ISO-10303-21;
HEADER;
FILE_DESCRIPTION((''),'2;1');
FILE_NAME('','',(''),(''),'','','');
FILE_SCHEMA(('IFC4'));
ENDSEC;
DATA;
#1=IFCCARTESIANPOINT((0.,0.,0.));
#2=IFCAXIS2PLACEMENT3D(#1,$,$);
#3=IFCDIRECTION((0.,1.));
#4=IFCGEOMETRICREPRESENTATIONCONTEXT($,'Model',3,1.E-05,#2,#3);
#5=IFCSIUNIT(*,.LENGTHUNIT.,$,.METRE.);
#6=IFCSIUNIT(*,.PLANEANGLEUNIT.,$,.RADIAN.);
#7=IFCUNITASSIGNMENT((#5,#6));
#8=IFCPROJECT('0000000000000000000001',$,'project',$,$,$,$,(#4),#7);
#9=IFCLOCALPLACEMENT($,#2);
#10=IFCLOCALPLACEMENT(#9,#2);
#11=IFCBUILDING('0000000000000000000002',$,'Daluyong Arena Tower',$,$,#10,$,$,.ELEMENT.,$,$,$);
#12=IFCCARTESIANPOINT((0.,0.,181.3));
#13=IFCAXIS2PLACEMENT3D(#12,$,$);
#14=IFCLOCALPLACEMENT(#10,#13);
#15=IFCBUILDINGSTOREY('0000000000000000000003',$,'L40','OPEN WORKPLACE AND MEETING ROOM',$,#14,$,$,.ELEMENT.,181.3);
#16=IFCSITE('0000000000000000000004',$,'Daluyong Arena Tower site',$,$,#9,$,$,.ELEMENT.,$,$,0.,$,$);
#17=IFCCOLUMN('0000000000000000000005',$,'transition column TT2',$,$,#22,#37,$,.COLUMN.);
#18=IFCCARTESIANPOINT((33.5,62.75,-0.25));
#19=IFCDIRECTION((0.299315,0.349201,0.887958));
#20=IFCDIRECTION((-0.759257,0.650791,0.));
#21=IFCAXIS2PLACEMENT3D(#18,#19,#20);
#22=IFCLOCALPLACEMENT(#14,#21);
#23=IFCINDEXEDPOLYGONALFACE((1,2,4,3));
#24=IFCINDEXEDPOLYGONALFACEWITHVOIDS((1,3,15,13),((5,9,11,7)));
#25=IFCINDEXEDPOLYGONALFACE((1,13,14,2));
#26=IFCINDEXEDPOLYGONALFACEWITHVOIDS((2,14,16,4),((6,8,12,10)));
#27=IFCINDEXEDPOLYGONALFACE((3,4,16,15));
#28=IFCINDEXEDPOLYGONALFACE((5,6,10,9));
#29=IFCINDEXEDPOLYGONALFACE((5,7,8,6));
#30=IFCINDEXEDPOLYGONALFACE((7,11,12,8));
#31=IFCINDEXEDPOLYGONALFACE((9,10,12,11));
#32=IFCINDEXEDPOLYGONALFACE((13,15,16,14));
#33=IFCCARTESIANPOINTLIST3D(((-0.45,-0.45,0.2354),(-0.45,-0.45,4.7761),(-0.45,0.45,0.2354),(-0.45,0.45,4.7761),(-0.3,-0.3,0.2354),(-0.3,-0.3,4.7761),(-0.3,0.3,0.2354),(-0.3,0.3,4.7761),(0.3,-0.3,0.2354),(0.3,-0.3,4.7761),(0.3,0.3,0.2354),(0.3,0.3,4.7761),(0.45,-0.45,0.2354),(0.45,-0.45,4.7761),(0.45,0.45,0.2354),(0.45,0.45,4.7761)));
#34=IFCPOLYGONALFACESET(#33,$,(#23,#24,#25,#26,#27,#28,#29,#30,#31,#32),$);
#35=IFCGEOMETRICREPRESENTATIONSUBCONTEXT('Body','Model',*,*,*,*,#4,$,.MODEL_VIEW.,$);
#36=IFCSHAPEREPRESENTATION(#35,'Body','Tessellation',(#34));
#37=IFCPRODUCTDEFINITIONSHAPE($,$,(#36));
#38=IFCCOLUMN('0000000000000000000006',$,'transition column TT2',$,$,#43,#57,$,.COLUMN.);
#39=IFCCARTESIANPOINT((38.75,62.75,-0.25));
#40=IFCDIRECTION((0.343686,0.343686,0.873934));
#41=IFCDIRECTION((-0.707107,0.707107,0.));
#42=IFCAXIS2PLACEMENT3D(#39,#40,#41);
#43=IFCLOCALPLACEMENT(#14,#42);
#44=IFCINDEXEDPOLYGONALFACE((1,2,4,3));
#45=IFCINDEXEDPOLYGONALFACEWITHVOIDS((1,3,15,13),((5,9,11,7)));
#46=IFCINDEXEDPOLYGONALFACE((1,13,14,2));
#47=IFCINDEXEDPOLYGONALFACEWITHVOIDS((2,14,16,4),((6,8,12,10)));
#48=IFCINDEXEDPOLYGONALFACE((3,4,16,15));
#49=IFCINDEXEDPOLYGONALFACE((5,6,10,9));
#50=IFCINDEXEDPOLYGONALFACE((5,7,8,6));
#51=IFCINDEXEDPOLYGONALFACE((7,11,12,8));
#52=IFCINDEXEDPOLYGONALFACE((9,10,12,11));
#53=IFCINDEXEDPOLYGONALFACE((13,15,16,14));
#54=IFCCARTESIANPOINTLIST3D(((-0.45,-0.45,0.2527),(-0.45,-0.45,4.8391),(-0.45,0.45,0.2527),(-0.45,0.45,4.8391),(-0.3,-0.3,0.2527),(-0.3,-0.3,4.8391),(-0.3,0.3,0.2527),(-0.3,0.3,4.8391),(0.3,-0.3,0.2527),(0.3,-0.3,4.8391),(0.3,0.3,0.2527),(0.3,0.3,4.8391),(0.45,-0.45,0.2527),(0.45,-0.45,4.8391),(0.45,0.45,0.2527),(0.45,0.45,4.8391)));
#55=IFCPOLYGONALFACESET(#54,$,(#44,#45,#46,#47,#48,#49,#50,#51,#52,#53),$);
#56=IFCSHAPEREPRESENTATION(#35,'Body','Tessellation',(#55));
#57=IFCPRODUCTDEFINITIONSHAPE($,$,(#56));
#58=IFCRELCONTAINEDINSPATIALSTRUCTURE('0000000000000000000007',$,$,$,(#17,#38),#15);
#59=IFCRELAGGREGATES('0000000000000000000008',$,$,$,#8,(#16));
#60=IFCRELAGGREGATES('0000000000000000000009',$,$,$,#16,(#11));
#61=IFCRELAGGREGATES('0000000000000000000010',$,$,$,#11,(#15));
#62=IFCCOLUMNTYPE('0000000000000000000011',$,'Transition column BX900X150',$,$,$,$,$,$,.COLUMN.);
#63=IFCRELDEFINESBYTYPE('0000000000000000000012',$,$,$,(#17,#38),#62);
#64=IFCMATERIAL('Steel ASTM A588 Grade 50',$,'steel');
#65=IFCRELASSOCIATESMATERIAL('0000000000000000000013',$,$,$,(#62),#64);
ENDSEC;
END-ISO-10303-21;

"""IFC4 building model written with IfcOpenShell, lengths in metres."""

from ifc_helpers import new_model, si_unit, direction, frame, origin, origin_2d, place, context, subcontext, project, spatial, hollow_rectangle, extrude, clip, halfspace, material, material_profile, profile_set, type_object, element, save


model = new_model("IFC4")

# Units and contexts
model_context = context("Model", 3, precision=1e-05, world=origin(), true_north=direction((0.0, 1.0)))
body_context = subcontext(model_context, "Body", "Model", "MODEL_VIEW")
ifc_project = project(units=[si_unit("LENGTHUNIT", "METRE"), si_unit("PLANEANGLEUNIT", "RADIAN")], contexts=[model_context])

# Site, building, storey
site_placement = place(None, origin())
site = spatial("IfcSite", under=ifc_project, at=site_placement, Name="Daluyong Arena Tower site", CompositionType="ELEMENT", RefElevation=0.0)
building_placement = place(site_placement, origin())
building = spatial("IfcBuilding", under=site, at=building_placement, Name="Daluyong Arena Tower", CompositionType="ELEMENT")
storey_placement = place(building_placement, frame((0.0, 0.0, 181.3)))
storey = spatial("IfcBuildingStorey", under=building, at=storey_placement, Name="L40", Description="OPEN WORKPLACE AND MEETING ROOM", CompositionType="ELEMENT", Elevation=181.3)

# Columns
ifc_material_1 = material(Name="Steel ASTM A588 Grade 50", Category="steel")
ifc_material_profile_1 = material_profile(ifc_material_1, hollow_rectangle(XDim=0.8999, YDim=0.8999, WallThickness=0.15, at=origin_2d()))
ifc_profile_set_1 = profile_set([ifc_material_profile_1], Name="Steel ASTM A588 Grade 50")
column_type_1 = type_object("IfcColumnType", Name="Transition column BX900X150", PredefinedType="COLUMN", material=ifc_profile_set_1)
column_1_placement = place(storey_placement, frame((33.5, 62.75, -0.25), z_axis=(0.299315, 0.349201, 0.887958), x_axis=(-0.759257, 0.650791, 0.0)))
element("IfcColumn", 1, at=column_1_placement, inside=storey, type_object=column_type_1, Name="transition column TT2", PredefinedType="COLUMN", context=body_context, shape_type="Clipping", body=[
    clip(clip(extrude(hollow_rectangle(XDim=0.8999, YDim=0.8999, WallThickness=0.15, at=origin_2d()), origin(), (0.0, 0.0, 1.0), 5.0115), halfspace(frame((0.0, 0.0, 0.2354), z_axis=(0.0, 0.0, 1.0), x_axis=(1.0, 0.0, 0.0)), True)), halfspace(frame((0.0, 0.0, 4.7761), z_axis=(0.0, 0.0, -1.0), x_axis=(1.0, 0.0, 0.0)), True)),
])
column_2_placement = place(storey_placement, frame((38.75, 62.75, -0.25), z_axis=(0.343686, 0.343686, 0.873934), x_axis=(-0.707107, 0.707107, 0.0)))
element("IfcColumn", 2, at=column_2_placement, inside=storey, type_object=column_type_1, Name="transition column TT2", PredefinedType="COLUMN", context=body_context, shape_type="Clipping", body=[
    clip(clip(extrude(hollow_rectangle(XDim=0.8999, YDim=0.8999, WallThickness=0.15, at=origin_2d()), origin(), (0.0, 0.0, 1.0), 5.0918), halfspace(frame((0.0, 0.0, 0.2527), z_axis=(0.0, 0.0, 1.0), x_axis=(1.0, 0.0, 0.0)), True)), halfspace(frame((0.0, 0.0, 4.8391), z_axis=(0.0, 0.0, -1.0), x_axis=(1.0, 0.0, 0.0)), True)),
])

save(model, "model.ifc")
